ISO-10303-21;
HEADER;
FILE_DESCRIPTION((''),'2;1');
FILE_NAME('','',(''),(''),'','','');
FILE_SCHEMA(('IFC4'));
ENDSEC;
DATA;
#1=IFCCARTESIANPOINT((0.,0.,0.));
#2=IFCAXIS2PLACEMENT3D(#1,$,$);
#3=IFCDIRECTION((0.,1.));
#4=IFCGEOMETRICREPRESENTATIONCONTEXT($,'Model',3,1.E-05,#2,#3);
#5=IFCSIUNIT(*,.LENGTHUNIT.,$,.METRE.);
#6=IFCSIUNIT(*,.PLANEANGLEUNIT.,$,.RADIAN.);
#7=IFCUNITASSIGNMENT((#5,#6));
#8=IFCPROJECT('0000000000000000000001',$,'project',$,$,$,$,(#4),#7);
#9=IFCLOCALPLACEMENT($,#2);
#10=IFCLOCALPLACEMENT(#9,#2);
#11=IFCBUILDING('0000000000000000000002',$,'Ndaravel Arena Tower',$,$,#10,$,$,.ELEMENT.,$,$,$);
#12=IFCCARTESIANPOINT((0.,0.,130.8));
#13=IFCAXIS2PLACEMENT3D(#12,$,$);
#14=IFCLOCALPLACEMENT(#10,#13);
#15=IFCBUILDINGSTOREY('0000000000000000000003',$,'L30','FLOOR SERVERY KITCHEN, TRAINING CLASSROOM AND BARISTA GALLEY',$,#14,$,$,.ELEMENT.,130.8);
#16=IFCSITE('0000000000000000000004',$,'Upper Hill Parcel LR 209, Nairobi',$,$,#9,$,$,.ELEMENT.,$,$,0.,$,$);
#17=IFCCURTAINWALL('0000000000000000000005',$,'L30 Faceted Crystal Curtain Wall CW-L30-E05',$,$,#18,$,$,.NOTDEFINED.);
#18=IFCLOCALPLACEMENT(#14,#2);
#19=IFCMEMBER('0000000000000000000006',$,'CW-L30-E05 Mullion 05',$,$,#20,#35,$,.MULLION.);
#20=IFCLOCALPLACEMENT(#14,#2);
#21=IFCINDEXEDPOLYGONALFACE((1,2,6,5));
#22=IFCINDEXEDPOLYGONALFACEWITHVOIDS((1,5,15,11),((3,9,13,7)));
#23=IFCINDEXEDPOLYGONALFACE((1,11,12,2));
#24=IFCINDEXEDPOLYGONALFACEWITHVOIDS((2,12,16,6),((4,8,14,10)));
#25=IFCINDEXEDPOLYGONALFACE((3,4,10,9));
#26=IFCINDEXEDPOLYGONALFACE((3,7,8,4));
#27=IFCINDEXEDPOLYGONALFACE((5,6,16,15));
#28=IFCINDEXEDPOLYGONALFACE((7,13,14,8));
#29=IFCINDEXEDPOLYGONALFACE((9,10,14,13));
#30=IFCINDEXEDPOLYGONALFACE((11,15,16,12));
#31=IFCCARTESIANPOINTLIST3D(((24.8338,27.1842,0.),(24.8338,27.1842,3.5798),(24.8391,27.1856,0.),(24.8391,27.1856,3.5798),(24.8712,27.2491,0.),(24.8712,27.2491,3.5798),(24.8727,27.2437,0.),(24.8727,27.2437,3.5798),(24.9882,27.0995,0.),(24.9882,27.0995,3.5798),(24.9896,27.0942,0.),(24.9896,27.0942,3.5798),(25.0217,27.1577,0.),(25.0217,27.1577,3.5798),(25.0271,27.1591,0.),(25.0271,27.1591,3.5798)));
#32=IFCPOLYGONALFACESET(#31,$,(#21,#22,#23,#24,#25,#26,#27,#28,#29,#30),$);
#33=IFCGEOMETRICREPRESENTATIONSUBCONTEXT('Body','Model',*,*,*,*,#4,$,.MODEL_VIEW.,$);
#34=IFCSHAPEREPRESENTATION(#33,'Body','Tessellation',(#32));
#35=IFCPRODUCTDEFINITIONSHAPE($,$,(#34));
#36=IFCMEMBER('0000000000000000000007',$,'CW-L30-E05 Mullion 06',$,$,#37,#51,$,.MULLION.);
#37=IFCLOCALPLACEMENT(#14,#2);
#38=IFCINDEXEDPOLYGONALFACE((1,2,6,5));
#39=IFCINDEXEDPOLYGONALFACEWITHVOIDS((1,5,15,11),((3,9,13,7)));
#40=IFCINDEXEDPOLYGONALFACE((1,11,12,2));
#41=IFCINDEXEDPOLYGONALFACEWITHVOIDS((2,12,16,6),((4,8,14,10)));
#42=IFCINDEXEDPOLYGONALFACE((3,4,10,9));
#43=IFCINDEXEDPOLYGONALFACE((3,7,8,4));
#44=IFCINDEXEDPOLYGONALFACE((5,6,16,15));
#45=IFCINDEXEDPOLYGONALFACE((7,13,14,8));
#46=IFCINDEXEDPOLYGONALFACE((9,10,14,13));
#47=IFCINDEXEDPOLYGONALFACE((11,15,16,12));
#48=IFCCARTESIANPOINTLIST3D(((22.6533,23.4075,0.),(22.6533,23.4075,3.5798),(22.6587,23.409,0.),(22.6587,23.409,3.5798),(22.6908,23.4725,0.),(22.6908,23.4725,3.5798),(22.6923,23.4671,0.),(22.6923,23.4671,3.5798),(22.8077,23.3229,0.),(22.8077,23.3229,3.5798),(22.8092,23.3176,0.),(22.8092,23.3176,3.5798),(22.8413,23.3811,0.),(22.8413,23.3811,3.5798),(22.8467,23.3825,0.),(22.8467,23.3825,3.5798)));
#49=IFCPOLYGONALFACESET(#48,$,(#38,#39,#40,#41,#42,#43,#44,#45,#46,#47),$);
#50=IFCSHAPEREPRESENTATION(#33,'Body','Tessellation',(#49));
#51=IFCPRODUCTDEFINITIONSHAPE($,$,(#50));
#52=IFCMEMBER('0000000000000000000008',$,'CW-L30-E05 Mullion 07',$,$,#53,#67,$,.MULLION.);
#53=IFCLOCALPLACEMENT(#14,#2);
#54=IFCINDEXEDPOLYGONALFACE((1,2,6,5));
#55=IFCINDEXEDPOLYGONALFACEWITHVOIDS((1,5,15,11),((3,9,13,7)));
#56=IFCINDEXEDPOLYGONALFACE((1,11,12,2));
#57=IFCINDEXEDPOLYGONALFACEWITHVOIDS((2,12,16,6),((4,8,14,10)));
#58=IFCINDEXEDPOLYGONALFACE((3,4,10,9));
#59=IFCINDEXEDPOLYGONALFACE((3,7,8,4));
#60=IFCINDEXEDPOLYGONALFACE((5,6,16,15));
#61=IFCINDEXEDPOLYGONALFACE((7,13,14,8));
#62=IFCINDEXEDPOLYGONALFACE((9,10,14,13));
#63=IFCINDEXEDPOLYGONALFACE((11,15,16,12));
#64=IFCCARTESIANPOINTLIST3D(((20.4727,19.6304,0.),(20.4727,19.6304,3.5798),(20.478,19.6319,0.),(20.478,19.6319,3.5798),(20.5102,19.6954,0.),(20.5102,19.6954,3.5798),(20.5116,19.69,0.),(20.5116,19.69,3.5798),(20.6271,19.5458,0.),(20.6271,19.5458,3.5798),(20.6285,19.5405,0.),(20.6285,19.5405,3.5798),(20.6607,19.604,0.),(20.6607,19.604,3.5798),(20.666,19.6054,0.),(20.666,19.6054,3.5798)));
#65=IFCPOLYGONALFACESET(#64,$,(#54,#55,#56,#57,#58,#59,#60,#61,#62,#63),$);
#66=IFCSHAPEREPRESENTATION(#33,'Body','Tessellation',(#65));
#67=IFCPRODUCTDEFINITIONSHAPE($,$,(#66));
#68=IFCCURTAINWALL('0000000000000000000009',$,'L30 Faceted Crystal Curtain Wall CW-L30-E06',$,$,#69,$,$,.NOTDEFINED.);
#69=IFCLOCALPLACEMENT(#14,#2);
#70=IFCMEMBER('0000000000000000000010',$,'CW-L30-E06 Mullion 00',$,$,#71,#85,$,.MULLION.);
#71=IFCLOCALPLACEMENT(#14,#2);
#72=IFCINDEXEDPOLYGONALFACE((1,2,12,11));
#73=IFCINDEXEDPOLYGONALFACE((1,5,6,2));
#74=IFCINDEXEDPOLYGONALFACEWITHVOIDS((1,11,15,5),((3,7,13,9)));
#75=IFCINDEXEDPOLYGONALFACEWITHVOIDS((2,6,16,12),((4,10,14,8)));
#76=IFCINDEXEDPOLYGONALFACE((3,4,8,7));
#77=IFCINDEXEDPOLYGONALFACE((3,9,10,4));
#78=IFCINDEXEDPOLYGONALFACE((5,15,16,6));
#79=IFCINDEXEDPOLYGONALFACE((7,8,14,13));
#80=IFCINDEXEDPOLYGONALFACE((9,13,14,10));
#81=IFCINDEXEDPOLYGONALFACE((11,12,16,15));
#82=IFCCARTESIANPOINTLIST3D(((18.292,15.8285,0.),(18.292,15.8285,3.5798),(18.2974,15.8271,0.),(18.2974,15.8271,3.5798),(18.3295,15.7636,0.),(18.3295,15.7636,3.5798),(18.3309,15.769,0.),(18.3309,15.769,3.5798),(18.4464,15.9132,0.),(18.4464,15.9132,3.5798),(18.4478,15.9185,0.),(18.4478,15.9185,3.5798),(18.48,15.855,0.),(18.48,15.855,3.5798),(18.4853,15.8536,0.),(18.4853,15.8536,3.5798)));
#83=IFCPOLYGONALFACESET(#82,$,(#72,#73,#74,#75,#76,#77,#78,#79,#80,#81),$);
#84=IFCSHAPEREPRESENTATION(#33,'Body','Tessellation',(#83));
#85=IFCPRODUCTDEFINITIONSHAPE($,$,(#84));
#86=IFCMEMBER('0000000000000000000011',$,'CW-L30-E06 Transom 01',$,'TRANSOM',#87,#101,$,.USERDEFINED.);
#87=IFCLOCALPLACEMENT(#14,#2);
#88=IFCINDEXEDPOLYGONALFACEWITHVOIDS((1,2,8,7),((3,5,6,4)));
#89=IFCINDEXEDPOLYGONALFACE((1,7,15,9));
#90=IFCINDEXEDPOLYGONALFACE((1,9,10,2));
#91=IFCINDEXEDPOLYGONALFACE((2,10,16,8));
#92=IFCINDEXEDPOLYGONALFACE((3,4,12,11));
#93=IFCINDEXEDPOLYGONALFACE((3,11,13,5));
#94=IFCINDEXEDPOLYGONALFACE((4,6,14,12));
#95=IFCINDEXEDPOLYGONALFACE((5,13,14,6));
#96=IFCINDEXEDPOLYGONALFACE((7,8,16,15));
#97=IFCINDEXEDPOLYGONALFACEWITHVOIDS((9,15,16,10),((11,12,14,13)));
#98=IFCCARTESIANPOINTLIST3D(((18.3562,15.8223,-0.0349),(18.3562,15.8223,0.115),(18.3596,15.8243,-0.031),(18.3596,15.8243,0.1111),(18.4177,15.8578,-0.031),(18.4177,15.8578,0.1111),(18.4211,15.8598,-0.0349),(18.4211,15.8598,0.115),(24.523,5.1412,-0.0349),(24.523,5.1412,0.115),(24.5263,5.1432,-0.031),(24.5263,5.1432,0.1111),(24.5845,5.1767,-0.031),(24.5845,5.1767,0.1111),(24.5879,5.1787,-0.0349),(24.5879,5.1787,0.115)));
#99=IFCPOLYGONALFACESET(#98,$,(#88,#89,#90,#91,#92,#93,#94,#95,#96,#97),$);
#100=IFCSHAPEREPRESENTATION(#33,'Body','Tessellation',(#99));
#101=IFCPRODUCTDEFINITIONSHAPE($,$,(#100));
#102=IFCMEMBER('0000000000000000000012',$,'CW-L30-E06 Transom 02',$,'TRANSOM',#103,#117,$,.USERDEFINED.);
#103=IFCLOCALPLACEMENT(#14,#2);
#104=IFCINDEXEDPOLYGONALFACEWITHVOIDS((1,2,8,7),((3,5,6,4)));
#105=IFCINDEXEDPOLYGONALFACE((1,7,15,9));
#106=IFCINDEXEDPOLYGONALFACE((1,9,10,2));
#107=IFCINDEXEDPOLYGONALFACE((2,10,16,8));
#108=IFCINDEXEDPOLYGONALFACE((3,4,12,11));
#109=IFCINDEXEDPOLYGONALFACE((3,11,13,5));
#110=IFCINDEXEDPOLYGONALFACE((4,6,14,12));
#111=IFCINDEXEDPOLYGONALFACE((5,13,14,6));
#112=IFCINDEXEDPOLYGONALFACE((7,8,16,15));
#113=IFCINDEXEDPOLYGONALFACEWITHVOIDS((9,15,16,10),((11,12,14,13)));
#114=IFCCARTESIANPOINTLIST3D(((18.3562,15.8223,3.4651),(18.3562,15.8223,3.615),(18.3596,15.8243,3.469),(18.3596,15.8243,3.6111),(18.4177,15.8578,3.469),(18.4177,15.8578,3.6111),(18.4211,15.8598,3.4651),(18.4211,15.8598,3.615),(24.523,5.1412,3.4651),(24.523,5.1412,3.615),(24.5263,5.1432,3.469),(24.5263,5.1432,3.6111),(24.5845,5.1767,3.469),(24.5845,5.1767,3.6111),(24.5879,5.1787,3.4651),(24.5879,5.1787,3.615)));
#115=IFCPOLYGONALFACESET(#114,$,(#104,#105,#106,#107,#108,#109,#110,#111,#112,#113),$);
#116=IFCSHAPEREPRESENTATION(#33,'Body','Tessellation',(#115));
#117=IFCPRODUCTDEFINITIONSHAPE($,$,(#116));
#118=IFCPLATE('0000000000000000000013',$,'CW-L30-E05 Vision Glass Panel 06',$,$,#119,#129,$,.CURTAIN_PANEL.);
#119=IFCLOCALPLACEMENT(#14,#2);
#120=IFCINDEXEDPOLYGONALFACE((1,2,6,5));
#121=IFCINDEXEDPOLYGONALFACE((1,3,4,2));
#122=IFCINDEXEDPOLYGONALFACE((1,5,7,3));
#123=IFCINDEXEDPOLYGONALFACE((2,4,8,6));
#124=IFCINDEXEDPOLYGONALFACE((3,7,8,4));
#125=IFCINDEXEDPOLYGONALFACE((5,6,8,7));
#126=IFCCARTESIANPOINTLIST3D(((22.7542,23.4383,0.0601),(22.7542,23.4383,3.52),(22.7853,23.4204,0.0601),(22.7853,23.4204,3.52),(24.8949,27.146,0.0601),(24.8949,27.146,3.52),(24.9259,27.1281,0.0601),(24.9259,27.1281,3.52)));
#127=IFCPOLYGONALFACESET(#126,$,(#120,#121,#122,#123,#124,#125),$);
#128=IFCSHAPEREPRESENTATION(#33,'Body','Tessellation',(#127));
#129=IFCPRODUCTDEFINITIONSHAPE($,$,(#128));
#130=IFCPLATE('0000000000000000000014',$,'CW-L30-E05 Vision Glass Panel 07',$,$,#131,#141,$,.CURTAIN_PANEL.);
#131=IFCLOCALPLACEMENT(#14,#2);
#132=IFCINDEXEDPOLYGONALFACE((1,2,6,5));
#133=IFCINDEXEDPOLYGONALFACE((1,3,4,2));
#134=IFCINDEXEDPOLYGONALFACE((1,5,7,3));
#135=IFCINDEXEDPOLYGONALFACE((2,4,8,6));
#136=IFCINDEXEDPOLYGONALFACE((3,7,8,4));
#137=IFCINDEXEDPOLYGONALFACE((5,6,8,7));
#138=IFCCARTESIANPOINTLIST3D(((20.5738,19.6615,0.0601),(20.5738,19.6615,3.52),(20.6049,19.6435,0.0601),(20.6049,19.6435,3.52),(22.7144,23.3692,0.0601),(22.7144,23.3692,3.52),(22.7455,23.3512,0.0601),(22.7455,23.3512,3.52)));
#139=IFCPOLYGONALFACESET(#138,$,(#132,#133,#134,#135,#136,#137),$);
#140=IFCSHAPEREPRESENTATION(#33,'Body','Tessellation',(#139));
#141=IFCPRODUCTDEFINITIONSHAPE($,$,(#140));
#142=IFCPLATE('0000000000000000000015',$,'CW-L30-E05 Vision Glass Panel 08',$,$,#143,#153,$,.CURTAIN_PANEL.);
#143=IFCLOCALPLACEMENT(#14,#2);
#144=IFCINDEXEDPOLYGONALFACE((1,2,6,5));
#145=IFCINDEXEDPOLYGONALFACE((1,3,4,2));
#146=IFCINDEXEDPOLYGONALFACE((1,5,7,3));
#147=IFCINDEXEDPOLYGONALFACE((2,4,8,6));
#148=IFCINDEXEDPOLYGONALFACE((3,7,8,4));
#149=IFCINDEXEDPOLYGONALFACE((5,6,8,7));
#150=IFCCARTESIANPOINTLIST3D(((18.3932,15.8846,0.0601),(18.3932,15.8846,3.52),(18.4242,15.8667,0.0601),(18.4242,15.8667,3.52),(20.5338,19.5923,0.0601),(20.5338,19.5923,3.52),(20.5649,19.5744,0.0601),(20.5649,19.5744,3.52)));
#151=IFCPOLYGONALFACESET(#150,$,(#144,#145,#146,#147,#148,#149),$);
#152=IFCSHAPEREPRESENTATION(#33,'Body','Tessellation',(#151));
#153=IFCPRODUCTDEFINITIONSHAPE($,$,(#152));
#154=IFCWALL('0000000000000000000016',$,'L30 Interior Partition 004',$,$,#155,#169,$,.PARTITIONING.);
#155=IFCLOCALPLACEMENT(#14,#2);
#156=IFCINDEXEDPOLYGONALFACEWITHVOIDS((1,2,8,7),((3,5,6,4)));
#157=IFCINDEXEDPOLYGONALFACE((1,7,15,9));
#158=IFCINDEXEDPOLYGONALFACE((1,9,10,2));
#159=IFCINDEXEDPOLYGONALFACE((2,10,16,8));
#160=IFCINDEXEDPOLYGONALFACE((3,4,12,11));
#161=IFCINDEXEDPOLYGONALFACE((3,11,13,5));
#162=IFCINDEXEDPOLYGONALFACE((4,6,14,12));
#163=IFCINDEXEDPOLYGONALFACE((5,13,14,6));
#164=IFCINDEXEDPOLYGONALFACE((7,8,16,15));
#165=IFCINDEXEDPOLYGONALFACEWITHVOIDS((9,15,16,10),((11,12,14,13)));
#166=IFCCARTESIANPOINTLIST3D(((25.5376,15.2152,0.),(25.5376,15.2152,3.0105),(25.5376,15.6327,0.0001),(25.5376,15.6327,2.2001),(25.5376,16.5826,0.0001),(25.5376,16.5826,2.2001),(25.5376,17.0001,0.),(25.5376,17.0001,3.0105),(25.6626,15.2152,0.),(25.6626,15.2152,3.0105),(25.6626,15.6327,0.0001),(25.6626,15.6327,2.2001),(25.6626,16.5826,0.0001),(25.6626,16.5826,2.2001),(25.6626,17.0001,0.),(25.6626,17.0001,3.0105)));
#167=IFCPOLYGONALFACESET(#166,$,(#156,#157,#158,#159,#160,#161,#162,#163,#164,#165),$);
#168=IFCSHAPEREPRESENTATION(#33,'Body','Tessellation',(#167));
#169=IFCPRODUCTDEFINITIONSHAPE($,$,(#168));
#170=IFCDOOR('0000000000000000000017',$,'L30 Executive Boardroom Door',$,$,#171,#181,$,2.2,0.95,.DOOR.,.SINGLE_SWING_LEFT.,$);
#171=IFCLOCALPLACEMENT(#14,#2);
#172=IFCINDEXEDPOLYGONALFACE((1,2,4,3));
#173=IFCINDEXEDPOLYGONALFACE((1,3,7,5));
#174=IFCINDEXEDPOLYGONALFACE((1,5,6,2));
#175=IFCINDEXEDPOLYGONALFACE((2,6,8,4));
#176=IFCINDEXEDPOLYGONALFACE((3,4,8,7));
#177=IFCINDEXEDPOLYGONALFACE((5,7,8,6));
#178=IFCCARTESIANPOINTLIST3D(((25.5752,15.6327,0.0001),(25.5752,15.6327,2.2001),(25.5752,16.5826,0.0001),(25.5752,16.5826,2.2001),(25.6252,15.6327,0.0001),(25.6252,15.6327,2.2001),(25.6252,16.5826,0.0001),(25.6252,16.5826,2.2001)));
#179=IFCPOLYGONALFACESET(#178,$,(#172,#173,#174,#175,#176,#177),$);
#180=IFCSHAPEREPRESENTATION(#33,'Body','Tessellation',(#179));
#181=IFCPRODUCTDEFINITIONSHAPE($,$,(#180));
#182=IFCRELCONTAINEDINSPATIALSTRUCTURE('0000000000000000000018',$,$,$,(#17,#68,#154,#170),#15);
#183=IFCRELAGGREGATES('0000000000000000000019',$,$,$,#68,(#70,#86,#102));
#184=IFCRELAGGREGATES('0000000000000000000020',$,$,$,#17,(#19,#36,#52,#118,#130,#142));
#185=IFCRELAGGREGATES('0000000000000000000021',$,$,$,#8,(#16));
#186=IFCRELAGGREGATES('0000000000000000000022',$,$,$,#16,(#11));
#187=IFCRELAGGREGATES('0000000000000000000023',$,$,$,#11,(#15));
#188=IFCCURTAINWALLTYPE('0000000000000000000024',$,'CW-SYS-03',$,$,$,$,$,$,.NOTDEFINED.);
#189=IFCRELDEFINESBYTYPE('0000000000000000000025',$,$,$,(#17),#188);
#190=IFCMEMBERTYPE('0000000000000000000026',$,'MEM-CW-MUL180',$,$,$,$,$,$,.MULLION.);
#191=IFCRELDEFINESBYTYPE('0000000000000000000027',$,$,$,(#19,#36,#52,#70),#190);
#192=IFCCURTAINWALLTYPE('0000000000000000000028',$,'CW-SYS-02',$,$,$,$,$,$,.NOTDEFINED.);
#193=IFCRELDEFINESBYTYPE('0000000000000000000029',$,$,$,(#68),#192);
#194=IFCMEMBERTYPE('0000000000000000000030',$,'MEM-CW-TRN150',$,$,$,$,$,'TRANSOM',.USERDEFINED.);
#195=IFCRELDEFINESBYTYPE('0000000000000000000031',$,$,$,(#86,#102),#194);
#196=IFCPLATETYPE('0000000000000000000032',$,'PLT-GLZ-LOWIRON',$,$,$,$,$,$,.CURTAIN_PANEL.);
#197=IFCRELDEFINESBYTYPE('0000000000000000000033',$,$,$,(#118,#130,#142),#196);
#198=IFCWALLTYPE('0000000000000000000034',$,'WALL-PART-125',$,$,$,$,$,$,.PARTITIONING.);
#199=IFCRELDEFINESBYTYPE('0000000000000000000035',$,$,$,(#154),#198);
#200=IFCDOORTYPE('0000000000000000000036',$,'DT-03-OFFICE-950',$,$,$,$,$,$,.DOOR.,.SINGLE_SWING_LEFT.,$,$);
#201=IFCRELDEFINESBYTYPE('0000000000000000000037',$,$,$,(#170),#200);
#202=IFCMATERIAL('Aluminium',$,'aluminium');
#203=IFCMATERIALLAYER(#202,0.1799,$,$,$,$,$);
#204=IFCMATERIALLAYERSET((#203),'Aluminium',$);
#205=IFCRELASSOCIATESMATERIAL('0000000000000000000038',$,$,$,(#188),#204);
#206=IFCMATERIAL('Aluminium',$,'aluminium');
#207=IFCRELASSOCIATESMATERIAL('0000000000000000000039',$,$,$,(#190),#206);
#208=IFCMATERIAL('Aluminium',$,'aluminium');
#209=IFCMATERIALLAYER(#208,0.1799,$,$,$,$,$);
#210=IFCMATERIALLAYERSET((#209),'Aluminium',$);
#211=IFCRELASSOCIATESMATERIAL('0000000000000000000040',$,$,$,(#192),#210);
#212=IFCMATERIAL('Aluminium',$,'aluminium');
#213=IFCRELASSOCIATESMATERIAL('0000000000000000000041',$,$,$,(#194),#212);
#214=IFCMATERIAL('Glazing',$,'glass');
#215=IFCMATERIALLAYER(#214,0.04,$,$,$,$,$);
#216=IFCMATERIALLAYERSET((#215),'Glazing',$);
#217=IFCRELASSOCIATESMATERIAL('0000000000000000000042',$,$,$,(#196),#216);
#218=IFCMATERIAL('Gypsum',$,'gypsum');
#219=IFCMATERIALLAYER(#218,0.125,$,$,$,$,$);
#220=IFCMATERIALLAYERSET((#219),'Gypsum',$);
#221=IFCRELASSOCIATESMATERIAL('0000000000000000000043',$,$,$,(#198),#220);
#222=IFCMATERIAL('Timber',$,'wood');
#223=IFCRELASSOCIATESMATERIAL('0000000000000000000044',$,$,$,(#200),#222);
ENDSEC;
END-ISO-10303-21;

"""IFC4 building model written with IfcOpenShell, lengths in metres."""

from ifc_helpers import new_model, si_unit, direction, frame, frame_2d, origin, origin_2d, place, context, subcontext, project, spatial, rectangle, hollow_rectangle, extrude, material, layer, layer_set, material_profile, profile_set, type_object, element, fill, aggregate, save


model = new_model("IFC4")

# Units and contexts
model_context = context("Model", 3, precision=1e-05, world=origin(), true_north=direction((0.0, 1.0)))
body_context = subcontext(model_context, "Body", "Model", "MODEL_VIEW")
ifc_project = project(units=[si_unit("LENGTHUNIT", "METRE"), si_unit("PLANEANGLEUNIT", "RADIAN")], contexts=[model_context])

# Site, building, storey
site_placement = place(None, origin())
site = spatial("IfcSite", under=ifc_project, at=site_placement, Name="Upper Hill Parcel LR 209, Nairobi", CompositionType="ELEMENT", RefElevation=0.0)
building_placement = place(site_placement, origin())
building = spatial("IfcBuilding", under=site, at=building_placement, Name="Ndaravel Arena Tower", CompositionType="ELEMENT")
storey_placement = place(building_placement, frame((0.0, 0.0, 130.8)))
storey = spatial("IfcBuildingStorey", under=building, at=storey_placement, Name="L30", Description="FLOOR SERVERY KITCHEN, TRAINING CLASSROOM AND BARISTA GALLEY", CompositionType="ELEMENT", Elevation=130.8)

# Curtain walls, members
ifc_material_1 = material(Name="Aluminium", Category="aluminium")
ifc_layer_1 = layer(ifc_material_1, 0.1799)
ifc_layer_set_1 = layer_set([ifc_layer_1], Name="Aluminium")
curtain_wall_type_1 = type_object("IfcCurtainWallType", Name="CW-SYS-03", PredefinedType="NOTDEFINED", material=ifc_layer_set_1)
curtain_wall_1_placement = place(storey_placement, origin())
curtain_wall_1 = element("IfcCurtainWall", 1, at=curtain_wall_1_placement, inside=storey, type_object=curtain_wall_type_1, Name="L30 Faceted Crystal Curtain Wall CW-L30-E05", PredefinedType="NOTDEFINED")
ifc_material_2 = material(Name="Aluminium", Category="aluminium")
ifc_material_profile_1 = material_profile(ifc_material_2, hollow_rectangle(XDim=0.075, YDim=0.1799, WallThickness=0.0039, at=origin_2d()), Name="CW MULLION 75x180x4")
ifc_profile_set_1 = profile_set([ifc_material_profile_1], Name="Aluminium")
member_type_1 = type_object("IfcMemberType", Name="MEM-CW-MUL180", PredefinedType="MULLION", material=ifc_profile_set_1)
member_1_placement = place(storey_placement, frame((24.9304, 27.1716, 0.0), z_axis=(0.0, 0.0, 1.0), x_axis=(-0.5, -0.866025, 0.0)))
member_1 = element("IfcMember", 2, at=member_1_placement, type_object=member_type_1, Name="CW-L30-E05 Mullion 05", PredefinedType="MULLION", context=body_context, shape_type="SweptSolid", body=[
    extrude(hollow_rectangle(XDim=0.075, YDim=0.1799, WallThickness=0.0039, at=origin_2d()), origin(), (0.0, 0.0, 1.0), 3.5798),
])
member_2_placement = place(storey_placement, frame((22.75, 23.395, 0.0), z_axis=(0.0, 0.0, 1.0), x_axis=(-0.5, -0.866025, 0.0)))
member_2 = element("IfcMember", 3, at=member_2_placement, type_object=member_type_1, Name="CW-L30-E05 Mullion 06", PredefinedType="MULLION", context=body_context, shape_type="SweptSolid", body=[
    extrude(hollow_rectangle(XDim=0.075, YDim=0.1799, WallThickness=0.0039, at=origin_2d()), origin(), (0.0, 0.0, 1.0), 3.5798),
])
member_3_placement = place(storey_placement, frame((20.5693, 19.6179, 0.0), z_axis=(0.0, 0.0, 1.0), x_axis=(-0.5, -0.866025, 0.0)))
member_3 = element("IfcMember", 4, at=member_3_placement, type_object=member_type_1, Name="CW-L30-E05 Mullion 07", PredefinedType="MULLION", context=body_context, shape_type="SweptSolid", body=[
    extrude(hollow_rectangle(XDim=0.075, YDim=0.1799, WallThickness=0.0039, at=origin_2d()), origin(), (0.0, 0.0, 1.0), 3.5798),
])
ifc_material_3 = material(Name="Aluminium", Category="aluminium")
ifc_layer_2 = layer(ifc_material_3, 0.1799)
ifc_layer_set_2 = layer_set([ifc_layer_2], Name="Aluminium")
curtain_wall_type_2 = type_object("IfcCurtainWallType", Name="CW-SYS-02", PredefinedType="NOTDEFINED", material=ifc_layer_set_2)
curtain_wall_2_placement = place(storey_placement, origin())
curtain_wall_2 = element("IfcCurtainWall", 5, at=curtain_wall_2_placement, inside=storey, type_object=curtain_wall_type_2, Name="L30 Faceted Crystal Curtain Wall CW-L30-E06", PredefinedType="NOTDEFINED")
member_4_placement = place(storey_placement, frame((18.3887, 15.8411, 0.0), z_axis=(0.0, 0.0, 1.0), x_axis=(0.5, -0.866025, 0.0)))
member_4 = element("IfcMember", 6, at=member_4_placement, type_object=member_type_1, Name="CW-L30-E06 Mullion 00", PredefinedType="MULLION", context=body_context, shape_type="SweptSolid", body=[
    extrude(hollow_rectangle(XDim=0.075, YDim=0.1799, WallThickness=0.0039, at=origin_2d()), origin(), (0.0, 0.0, 1.0), 3.5798),
])
ifc_material_4 = material(Name="Aluminium", Category="aluminium")
ifc_material_profile_2 = material_profile(ifc_material_4, hollow_rectangle(XDim=0.075, YDim=0.1499, WallThickness=0.0039, at=origin_2d()), Name="CW TRANSOM 75x150x4")
ifc_profile_set_2 = profile_set([ifc_material_profile_2], Name="Aluminium")
member_type_2 = type_object("IfcMemberType", Name="MEM-CW-TRN150", ElementType="TRANSOM", PredefinedType="USERDEFINED", material=ifc_profile_set_2)
member_5_placement = place(storey_placement, frame((18.3887, 15.8411, 0.04), z_axis=(0.499999, -0.866026, 0.0), x_axis=(0.866026, 0.499999, 0.0)))
member_5 = element("IfcMember", 7, at=member_5_placement, type_object=member_type_2, Name="CW-L30-E06 Transom 01", ObjectType="TRANSOM", PredefinedType="USERDEFINED", context=body_context, shape_type="SweptSolid", body=[
    extrude(hollow_rectangle(XDim=0.075, YDim=0.1499, WallThickness=0.0039, at=origin_2d()), origin(), (0.0, 0.0, 1.0), 12.3335),
])
member_6_placement = place(storey_placement, frame((18.3887, 15.8411, 3.54), z_axis=(0.499999, -0.866026, 0.0), x_axis=(0.866026, 0.499999, 0.0)))
member_6 = element("IfcMember", 8, at=member_6_placement, type_object=member_type_2, Name="CW-L30-E06 Transom 02", ObjectType="TRANSOM", PredefinedType="USERDEFINED", context=body_context, shape_type="SweptSolid", body=[
    extrude(hollow_rectangle(XDim=0.075, YDim=0.1499, WallThickness=0.0039, at=origin_2d()), origin(), (0.0, 0.0, 1.0), 12.3335),
])
aggregate(curtain_wall_2, [member_4, member_5, member_6])

# Plates
ifc_material_5 = material(Name="Glazing", Category="glass")
ifc_layer_3 = layer(ifc_material_5, 0.04)
ifc_layer_set_3 = layer_set([ifc_layer_3], Name="Glazing")
plate_type = type_object("IfcPlateType", Name="PLT-GLZ-LOWIRON", PredefinedType="CURTAIN_PANEL", material=ifc_layer_set_3)
plate_1_placement = place(storey_placement, frame((23.8401, 25.2832, 0.0601), z_axis=(0.0, 0.0, 1.0), x_axis=(-0.5, -0.866025, 0.0)))
plate_1 = element("IfcPlate", 9, at=plate_1_placement, type_object=plate_type, Name="CW-L30-E05 Vision Glass Panel 06", PredefinedType="CURTAIN_PANEL", context=body_context, shape_type="SweptSolid", body=[
    extrude(rectangle(XDim=4.2812, YDim=0.0359, at=origin_2d()), origin(), (0.0, 0.0, 1.0), 3.46),
])
plate_2_placement = place(storey_placement, frame((21.6597, 21.5063, 0.0601), z_axis=(0.0, 0.0, 1.0), x_axis=(-0.5, -0.866025, 0.0)))
plate_2 = element("IfcPlate", 10, at=plate_2_placement, type_object=plate_type, Name="CW-L30-E05 Vision Glass Panel 07", PredefinedType="CURTAIN_PANEL", context=body_context, shape_type="SweptSolid", body=[
    extrude(rectangle(XDim=4.2812, YDim=0.0359, at=origin_2d()), origin(), (0.0, 0.0, 1.0), 3.46),
])
plate_3_placement = place(storey_placement, frame((19.479, 17.7295, 0.0601), z_axis=(0.0, 0.0, 1.0), x_axis=(-0.5, -0.866025, 0.0)))
plate_3 = element("IfcPlate", 11, at=plate_3_placement, type_object=plate_type, Name="CW-L30-E05 Vision Glass Panel 08", PredefinedType="CURTAIN_PANEL", context=body_context, shape_type="SweptSolid", body=[
    extrude(rectangle(XDim=4.2812, YDim=0.0359, at=origin_2d()), origin(), (0.0, 0.0, 1.0), 3.46),
])
aggregate(curtain_wall_1, [member_1, member_2, member_3, plate_1, plate_2, plate_3])

# Wall, opening, door
ifc_material_6 = material(Name="Gypsum", Category="gypsum")
ifc_layer_4 = layer(ifc_material_6, 0.125)
ifc_layer_set_4 = layer_set([ifc_layer_4], Name="Gypsum")
wall_type = type_object("IfcWallType", Name="WALL-PART-125", PredefinedType="PARTITIONING", material=ifc_layer_set_4)
wall_1_placement = place(storey_placement, frame((25.6001, 15.2151, 0.0), z_axis=(0.0, 0.0, 1.0), x_axis=(0.0, 1.0, 0.0)))
wall_1 = element("IfcWall", 12, at=wall_1_placement, inside=storey, type_object=wall_type, Name="L30 Interior Partition 004", PredefinedType="PARTITIONING", context=body_context, shape_type="SweptSolid", body=[
    extrude(rectangle(XDim=1.7849, YDim=0.125, at=frame_2d((0.8926, 0.0))), origin(), (0.0, 0.0, 1.0), 3.0105),
])
opening_1_placement = place(wall_1_placement, frame((0.4175, 0.0, 0.0)))
opening_1 = element("IfcOpeningElement", 13, at=opening_1_placement, cuts=wall_1, PredefinedType="OPENING", context=body_context, shape_type="SweptSolid", body=[
    extrude(rectangle(XDim=0.95, YDim=2.2, at=frame_2d((0.4751, 1.1001))), frame((0.0, 0.0625, 0.0), z_axis=(0.0, -1.0, 0.0), x_axis=(1.0, 0.0, 0.0)), (0.0, 0.0, 1.0), 0.125),
])
ifc_material_7 = material(Name="Timber", Category="wood")
door_type = type_object("IfcDoorType", Name="DT-03-OFFICE-950", OperationType="SINGLE_SWING_LEFT", PredefinedType="DOOR", material=ifc_material_7)
door_1_placement = place(opening_1_placement, origin())
door_1 = element("IfcDoor", 14, at=door_1_placement, inside=storey, type_object=door_type, Name="L30 Executive Boardroom Door", OperationType="SINGLE_SWING_LEFT", OverallHeight=2.2, OverallWidth=0.95, PredefinedType="DOOR", context=body_context, shape_type="SweptSolid", body=[
    extrude(rectangle(XDim=0.95, YDim=2.2, at=frame_2d((0.4751, 1.1001))), frame((0.0, 0.0249, 0.0), z_axis=(0.0, -1.0, 0.0), x_axis=(1.0, 0.0, 0.0)), (0.0, 0.0, 1.0), 0.05),
])
fill(opening_1, door_1)

save(model, "model.ifc")
